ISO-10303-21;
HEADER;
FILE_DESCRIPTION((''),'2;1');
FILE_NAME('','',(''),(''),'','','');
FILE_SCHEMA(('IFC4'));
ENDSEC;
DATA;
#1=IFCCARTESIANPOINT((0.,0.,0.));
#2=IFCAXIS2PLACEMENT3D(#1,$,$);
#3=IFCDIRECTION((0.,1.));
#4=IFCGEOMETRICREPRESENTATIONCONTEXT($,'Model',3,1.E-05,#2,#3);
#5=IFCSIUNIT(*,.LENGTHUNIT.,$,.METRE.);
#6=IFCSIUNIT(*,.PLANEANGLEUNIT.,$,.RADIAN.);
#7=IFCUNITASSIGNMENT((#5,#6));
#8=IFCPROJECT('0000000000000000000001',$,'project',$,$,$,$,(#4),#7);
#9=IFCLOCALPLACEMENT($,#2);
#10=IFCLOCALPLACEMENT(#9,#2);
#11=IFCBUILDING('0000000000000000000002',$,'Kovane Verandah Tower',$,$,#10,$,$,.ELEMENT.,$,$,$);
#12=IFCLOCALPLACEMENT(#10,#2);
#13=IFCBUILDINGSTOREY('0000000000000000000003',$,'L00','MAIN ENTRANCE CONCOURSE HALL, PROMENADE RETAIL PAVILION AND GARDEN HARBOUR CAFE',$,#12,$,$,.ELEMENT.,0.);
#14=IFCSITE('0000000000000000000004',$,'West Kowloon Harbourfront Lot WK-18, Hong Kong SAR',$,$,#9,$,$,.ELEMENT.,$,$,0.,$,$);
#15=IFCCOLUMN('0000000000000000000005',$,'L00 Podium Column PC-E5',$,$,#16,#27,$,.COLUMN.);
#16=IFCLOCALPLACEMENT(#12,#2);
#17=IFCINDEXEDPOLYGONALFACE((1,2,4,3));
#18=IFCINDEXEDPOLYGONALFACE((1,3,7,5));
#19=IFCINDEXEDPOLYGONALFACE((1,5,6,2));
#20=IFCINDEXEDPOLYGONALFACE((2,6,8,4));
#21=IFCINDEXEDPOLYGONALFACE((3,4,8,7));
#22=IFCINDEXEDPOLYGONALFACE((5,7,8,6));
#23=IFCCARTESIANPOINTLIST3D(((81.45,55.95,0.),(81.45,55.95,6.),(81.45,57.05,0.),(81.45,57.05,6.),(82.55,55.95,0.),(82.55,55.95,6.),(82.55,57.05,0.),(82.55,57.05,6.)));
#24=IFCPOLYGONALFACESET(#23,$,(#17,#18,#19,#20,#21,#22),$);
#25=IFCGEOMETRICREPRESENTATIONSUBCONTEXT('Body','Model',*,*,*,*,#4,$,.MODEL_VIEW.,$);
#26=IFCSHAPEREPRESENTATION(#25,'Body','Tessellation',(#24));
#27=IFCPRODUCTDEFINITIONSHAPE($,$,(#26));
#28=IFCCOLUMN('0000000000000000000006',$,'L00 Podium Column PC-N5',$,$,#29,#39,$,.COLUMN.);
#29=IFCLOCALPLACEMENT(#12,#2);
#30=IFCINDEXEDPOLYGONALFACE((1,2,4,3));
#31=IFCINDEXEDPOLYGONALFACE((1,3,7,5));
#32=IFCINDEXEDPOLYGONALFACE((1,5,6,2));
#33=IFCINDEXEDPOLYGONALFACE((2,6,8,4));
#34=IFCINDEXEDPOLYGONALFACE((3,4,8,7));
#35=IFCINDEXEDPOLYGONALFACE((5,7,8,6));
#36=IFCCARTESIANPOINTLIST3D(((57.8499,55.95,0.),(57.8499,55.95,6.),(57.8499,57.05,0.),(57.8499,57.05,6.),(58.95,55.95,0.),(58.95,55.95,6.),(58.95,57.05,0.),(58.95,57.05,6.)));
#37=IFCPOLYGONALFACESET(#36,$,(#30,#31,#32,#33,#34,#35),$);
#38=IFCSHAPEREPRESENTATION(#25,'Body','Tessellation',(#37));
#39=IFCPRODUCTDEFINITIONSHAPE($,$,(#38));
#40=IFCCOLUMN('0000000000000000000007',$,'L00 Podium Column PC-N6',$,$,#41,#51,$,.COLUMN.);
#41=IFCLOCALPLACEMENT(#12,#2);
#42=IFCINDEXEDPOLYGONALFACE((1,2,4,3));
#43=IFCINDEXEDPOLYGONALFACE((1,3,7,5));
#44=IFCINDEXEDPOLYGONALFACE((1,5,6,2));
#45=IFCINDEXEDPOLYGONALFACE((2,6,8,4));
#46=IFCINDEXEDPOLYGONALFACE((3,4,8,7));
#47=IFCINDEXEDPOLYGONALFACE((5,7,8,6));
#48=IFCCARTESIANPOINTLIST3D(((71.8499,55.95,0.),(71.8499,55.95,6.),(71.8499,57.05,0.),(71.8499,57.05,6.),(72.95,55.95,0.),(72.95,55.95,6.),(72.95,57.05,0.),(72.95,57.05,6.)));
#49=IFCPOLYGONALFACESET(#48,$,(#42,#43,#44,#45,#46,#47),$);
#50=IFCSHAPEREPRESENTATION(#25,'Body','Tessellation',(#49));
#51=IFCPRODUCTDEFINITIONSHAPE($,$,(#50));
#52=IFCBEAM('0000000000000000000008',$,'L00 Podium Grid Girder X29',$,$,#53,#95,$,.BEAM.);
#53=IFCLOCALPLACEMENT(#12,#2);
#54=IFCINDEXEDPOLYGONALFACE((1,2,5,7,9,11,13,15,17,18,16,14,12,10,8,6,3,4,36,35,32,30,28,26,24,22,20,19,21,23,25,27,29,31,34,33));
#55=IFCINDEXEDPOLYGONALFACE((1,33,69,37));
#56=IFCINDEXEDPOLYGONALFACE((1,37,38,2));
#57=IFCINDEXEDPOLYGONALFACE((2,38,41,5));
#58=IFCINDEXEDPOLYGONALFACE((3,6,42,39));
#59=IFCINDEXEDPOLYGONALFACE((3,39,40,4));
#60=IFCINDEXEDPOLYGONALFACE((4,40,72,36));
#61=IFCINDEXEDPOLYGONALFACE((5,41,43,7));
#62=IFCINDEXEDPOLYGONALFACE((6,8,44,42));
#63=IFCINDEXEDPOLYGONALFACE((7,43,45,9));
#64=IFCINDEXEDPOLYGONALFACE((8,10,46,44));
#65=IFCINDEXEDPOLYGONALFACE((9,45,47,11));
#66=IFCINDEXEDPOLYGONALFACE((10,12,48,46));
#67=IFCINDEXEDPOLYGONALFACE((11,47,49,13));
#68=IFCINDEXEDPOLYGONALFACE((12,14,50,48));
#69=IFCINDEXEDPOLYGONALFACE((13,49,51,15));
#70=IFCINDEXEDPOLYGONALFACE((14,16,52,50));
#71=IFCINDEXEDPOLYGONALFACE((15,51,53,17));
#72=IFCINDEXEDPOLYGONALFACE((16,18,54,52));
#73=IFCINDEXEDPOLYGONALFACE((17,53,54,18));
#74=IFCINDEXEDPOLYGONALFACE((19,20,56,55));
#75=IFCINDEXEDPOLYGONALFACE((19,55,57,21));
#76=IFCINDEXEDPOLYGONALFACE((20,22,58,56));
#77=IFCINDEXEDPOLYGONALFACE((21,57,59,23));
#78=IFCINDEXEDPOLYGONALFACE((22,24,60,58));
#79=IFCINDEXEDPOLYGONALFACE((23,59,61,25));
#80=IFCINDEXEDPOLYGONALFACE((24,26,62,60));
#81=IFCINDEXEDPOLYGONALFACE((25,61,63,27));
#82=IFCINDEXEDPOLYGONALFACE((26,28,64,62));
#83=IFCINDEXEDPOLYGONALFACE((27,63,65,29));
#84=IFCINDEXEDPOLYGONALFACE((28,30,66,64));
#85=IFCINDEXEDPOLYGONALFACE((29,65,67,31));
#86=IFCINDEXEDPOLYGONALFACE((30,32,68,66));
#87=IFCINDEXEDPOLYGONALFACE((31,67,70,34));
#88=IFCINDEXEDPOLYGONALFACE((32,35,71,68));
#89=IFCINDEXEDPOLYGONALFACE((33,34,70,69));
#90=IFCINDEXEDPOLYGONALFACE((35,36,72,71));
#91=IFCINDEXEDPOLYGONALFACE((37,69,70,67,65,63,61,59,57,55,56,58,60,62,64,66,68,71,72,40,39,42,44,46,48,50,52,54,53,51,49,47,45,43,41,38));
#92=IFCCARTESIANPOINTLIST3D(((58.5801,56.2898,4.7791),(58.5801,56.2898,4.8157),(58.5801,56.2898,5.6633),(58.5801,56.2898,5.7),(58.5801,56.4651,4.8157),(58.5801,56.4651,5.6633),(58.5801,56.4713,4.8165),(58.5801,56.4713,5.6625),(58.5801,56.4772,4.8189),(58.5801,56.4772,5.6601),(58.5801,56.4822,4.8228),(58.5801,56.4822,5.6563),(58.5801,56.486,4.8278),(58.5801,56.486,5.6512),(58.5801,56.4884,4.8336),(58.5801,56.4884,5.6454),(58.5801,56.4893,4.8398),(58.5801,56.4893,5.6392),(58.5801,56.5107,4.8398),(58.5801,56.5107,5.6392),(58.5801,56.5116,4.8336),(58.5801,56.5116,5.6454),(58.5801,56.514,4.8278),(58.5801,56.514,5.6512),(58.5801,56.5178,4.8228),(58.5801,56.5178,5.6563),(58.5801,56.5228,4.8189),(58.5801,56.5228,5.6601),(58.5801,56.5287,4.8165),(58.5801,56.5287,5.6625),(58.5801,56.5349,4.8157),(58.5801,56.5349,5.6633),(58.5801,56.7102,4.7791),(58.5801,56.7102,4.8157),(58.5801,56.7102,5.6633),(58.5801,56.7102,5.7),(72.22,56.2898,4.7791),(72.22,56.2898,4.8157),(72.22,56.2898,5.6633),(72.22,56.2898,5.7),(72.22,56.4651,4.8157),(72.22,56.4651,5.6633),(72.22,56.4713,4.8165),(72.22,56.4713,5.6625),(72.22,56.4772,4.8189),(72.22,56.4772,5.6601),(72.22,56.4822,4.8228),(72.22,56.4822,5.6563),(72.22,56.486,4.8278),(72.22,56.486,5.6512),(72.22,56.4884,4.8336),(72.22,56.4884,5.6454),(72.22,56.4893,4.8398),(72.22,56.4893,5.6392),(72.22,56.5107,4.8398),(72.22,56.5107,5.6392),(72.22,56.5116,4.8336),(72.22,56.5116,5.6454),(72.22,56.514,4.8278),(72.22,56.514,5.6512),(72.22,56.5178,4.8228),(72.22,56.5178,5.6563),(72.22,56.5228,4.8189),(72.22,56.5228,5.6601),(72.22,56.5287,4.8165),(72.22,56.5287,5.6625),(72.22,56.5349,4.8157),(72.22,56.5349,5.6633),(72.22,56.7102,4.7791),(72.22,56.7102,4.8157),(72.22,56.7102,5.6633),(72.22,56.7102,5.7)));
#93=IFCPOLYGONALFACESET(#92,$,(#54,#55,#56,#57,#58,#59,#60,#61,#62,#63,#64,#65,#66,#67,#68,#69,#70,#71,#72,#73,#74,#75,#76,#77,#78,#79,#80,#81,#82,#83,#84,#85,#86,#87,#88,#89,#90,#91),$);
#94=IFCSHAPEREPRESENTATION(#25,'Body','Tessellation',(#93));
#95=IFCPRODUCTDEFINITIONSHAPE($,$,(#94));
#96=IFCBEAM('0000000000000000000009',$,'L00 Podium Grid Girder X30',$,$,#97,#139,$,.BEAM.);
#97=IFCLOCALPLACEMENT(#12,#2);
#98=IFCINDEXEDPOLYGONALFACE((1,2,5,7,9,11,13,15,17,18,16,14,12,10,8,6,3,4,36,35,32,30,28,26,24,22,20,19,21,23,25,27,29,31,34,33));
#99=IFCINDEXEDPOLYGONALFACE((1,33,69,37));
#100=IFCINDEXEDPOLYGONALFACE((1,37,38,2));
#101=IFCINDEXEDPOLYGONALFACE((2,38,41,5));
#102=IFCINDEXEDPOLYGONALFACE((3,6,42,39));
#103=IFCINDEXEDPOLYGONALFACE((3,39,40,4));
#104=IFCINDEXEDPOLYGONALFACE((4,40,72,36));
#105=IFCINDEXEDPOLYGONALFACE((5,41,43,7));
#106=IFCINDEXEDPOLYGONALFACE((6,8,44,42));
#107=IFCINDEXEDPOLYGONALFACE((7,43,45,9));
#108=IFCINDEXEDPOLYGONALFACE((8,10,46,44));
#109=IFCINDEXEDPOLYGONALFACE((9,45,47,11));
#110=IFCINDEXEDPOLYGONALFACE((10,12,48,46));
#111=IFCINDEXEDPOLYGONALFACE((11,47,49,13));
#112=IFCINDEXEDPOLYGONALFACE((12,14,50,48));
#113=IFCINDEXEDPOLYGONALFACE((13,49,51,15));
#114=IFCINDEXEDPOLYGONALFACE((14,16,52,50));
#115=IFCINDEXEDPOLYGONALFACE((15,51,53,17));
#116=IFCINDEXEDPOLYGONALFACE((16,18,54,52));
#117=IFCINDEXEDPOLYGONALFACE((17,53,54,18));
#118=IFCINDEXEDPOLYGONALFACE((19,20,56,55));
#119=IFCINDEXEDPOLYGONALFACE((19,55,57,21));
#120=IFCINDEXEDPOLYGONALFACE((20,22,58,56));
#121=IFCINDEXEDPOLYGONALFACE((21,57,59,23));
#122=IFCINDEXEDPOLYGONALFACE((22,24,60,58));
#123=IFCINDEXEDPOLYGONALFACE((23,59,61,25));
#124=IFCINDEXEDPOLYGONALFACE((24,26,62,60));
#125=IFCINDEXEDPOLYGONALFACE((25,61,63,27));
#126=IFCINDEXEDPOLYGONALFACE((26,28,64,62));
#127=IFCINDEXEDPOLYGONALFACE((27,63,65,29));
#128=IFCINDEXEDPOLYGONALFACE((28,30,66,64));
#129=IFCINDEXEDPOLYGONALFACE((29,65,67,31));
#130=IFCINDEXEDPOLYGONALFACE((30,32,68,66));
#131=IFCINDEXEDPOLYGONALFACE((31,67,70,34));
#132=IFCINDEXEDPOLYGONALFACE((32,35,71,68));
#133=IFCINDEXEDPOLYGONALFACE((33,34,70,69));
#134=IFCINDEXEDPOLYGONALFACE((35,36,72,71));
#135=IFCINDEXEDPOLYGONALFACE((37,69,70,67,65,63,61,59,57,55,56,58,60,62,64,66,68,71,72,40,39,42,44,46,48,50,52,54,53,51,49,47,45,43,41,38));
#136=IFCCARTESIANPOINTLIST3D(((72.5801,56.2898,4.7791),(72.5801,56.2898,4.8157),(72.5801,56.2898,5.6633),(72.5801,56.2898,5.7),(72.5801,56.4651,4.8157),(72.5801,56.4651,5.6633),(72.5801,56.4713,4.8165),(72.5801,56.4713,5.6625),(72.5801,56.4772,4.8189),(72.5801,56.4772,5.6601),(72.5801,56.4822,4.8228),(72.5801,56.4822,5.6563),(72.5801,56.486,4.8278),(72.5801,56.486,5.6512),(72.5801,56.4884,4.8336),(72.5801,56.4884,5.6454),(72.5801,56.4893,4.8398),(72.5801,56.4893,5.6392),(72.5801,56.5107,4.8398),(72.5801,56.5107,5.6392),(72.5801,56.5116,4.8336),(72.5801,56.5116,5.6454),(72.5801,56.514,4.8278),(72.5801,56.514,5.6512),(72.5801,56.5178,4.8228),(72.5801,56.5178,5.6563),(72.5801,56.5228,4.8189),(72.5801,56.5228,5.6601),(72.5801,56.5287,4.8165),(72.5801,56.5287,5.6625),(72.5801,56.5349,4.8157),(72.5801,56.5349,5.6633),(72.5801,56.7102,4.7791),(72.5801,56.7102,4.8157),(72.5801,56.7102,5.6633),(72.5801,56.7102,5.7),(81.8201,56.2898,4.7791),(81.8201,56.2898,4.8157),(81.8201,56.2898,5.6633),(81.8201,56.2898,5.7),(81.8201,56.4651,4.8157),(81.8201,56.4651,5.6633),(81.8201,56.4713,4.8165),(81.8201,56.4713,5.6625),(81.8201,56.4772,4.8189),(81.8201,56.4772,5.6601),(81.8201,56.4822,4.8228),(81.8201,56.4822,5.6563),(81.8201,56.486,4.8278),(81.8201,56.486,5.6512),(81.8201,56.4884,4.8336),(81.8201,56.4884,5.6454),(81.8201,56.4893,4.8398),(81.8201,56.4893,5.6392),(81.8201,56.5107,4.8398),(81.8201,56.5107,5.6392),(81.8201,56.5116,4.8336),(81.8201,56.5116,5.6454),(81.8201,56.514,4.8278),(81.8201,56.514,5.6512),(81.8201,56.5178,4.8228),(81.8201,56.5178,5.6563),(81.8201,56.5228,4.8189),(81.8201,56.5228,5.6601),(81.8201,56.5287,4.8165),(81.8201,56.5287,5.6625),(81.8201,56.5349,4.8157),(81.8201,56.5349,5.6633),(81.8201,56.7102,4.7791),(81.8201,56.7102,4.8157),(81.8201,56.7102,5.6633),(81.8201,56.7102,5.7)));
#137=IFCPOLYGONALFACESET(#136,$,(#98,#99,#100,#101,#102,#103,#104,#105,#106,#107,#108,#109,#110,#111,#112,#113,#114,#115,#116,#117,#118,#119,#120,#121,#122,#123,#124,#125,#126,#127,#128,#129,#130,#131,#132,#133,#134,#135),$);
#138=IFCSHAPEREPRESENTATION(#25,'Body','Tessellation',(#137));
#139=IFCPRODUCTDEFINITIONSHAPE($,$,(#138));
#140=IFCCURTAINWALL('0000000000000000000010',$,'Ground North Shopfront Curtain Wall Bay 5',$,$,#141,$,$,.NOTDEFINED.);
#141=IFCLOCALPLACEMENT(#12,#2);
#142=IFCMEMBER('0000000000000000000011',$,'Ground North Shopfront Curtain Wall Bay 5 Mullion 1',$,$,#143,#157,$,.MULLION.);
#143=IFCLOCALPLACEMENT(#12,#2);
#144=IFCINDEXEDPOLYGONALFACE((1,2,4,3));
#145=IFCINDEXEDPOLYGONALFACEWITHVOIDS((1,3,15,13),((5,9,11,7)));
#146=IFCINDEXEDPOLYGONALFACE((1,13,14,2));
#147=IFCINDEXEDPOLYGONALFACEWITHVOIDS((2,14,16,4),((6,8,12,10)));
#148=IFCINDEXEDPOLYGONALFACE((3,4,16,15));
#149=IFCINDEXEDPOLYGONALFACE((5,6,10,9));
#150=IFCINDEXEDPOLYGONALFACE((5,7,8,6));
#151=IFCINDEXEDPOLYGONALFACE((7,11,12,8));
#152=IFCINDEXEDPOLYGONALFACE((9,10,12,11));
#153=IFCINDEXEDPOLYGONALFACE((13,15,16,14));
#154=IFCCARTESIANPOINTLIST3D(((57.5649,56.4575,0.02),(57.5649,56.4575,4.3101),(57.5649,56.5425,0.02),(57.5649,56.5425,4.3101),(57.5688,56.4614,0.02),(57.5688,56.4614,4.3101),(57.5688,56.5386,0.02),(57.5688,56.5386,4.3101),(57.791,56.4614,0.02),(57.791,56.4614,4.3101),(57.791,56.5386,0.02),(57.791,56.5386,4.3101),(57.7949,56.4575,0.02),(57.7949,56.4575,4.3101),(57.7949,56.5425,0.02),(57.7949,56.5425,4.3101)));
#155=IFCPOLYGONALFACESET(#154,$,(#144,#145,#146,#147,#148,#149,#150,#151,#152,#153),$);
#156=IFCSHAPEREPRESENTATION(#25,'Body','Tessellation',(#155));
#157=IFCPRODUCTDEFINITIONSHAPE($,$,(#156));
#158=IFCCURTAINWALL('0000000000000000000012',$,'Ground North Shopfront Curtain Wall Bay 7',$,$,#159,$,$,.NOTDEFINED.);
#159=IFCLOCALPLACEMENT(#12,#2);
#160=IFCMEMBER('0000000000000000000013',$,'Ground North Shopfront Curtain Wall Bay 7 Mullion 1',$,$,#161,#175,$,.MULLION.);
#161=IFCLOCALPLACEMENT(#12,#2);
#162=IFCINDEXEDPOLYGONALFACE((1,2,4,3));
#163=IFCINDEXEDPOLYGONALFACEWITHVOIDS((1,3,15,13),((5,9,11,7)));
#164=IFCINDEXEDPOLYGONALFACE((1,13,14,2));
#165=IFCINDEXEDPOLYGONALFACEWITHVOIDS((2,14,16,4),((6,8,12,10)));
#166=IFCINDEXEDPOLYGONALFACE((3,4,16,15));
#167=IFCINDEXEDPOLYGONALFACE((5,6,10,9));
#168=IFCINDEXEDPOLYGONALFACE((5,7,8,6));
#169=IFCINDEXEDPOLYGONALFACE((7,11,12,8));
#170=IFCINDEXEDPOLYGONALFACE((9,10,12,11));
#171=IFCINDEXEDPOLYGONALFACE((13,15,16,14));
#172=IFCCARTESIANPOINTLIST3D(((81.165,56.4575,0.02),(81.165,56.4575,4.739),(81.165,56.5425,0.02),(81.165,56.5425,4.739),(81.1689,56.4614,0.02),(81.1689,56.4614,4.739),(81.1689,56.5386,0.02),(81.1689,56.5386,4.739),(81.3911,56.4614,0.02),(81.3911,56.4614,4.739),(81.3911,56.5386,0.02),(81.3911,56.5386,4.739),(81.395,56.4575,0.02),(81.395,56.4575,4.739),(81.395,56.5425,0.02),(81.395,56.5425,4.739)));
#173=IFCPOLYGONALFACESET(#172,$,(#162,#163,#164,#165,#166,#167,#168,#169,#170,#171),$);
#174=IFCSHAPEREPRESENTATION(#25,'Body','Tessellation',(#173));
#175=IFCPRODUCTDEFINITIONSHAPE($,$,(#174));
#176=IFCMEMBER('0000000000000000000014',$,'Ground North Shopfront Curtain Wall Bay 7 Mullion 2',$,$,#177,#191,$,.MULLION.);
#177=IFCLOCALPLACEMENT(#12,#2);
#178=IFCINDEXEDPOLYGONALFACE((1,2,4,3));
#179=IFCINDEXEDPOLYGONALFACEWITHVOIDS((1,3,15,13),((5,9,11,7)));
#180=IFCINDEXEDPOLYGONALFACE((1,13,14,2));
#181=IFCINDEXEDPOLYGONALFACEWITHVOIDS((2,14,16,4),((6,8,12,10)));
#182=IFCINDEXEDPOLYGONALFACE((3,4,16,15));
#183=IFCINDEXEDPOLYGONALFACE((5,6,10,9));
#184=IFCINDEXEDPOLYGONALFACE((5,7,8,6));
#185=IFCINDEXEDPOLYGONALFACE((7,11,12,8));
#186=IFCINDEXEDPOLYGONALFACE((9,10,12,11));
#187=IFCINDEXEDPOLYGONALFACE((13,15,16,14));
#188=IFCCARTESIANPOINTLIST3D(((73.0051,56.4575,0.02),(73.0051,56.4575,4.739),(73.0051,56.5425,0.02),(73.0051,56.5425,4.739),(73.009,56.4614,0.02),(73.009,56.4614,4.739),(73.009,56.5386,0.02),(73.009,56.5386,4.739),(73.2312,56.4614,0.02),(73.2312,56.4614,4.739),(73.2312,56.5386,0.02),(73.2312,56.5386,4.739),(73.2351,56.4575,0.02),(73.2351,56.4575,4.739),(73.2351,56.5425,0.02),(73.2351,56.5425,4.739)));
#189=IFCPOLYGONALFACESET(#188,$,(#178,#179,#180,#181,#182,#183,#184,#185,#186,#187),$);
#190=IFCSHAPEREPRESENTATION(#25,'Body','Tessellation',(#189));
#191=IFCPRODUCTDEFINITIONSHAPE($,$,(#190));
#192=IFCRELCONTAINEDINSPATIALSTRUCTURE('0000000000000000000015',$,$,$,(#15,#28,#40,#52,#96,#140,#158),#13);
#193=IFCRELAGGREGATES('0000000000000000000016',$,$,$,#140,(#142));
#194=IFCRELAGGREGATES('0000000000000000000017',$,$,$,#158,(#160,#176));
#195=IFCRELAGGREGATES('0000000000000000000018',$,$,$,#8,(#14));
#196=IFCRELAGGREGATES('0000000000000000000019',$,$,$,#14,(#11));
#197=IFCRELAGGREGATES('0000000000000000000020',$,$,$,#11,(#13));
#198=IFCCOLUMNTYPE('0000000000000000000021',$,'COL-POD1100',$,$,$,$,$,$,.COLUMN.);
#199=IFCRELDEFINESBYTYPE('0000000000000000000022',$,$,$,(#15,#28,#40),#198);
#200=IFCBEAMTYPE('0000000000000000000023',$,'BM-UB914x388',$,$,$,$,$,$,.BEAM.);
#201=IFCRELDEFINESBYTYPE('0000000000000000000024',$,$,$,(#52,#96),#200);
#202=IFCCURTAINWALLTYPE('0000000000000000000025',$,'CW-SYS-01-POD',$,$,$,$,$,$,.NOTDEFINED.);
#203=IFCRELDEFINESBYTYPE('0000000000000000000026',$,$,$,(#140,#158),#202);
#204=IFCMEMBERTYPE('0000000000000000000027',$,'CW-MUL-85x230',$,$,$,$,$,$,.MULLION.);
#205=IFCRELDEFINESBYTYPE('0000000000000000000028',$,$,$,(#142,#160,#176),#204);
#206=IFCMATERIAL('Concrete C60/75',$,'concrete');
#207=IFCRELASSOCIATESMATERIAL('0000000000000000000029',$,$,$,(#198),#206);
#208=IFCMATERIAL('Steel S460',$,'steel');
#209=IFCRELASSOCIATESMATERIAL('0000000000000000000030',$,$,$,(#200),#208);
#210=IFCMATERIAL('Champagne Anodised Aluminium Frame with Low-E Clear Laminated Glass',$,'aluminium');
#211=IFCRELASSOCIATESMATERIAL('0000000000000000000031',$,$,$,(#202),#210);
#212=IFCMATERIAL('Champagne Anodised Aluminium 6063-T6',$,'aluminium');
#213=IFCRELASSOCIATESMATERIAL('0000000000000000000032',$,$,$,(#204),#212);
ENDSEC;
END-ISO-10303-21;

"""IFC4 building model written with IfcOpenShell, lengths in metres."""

from ifc_helpers import new_model, si_unit, direction, frame, origin, origin_2d, place, context, subcontext, project, spatial, rectangle, hollow_rectangle, i_section, extrude, material, material_profile, profile_set, type_object, element, aggregate, save


model = new_model("IFC4")

# Units and contexts
model_context = context("Model", 3, precision=1e-05, world=origin(), true_north=direction((0.0, 1.0)))
body_context = subcontext(model_context, "Body", "Model", "MODEL_VIEW")
ifc_project = project(units=[si_unit("LENGTHUNIT", "METRE"), si_unit("PLANEANGLEUNIT", "RADIAN")], contexts=[model_context])

# Site, building, storey
site_placement = place(None, origin())
site = spatial("IfcSite", under=ifc_project, at=site_placement, Name="West Kowloon Harbourfront Lot WK-18, Hong Kong SAR", CompositionType="ELEMENT", RefElevation=0.0)
building_placement = place(site_placement, origin())
building = spatial("IfcBuilding", under=site, at=building_placement, Name="Kovane Verandah Tower", CompositionType="ELEMENT")
storey_placement = place(building_placement, origin())
storey = spatial("IfcBuildingStorey", under=building, at=storey_placement, Name="L00", Description="MAIN ENTRANCE CONCOURSE HALL, PROMENADE RETAIL PAVILION AND GARDEN HARBOUR CAFE", CompositionType="ELEMENT", Elevation=0.0)

# Columns
ifc_material_1 = material(Name="Concrete C60/75", Category="concrete")
ifc_material_profile_1 = material_profile(ifc_material_1, rectangle(XDim=1.1001, YDim=1.1001, at=origin_2d()), Name="RC1100x1100")
ifc_profile_set_1 = profile_set([ifc_material_profile_1], Name="Concrete C60/75")
column_type = type_object("IfcColumnType", Name="COL-POD1100", PredefinedType="COLUMN", material=ifc_profile_set_1)
for number, where, z_axis, x_axis, name in (
    (1, (82.0, 56.5, 0.0), (0.0, 0.0, 1.0), (1.0, 0.0, 0.0), "L00 Podium Column PC-E5"),
    (2, (58.3999, 56.5, 0.0), (0.0, 0.0, 1.0), (1.0, 0.0, 0.0), "L00 Podium Column PC-N5"),
    (3, (72.3999, 56.5, 0.0), (0.0, 0.0, 1.0), (1.0, 0.0, 0.0), "L00 Podium Column PC-N6"),
):
    element("IfcColumn", number, at=place(storey_placement, frame(where, z_axis=z_axis, x_axis=x_axis)), inside=storey, type_object=column_type, Name=name, PredefinedType="COLUMN", context=body_context, shape_type="SweptSolid", body=[
        extrude(rectangle(XDim=1.1001, YDim=1.1001, at=origin_2d()), origin(), (0.0, 0.0, 1.0), 6.0),
    ])

# Beams
ifc_material_2 = material(Name="Steel S460", Category="steel")
ifc_material_profile_2 = material_profile(ifc_material_2, i_section(OverallWidth=0.4204, OverallDepth=0.9209, WebThickness=0.0215, FlangeThickness=0.0366, FilletRadius=0.0242, at=origin_2d()), Name="UB914x419x388")
ifc_profile_set_2 = profile_set([ifc_material_profile_2], Name="Steel S460")
beam_type_1 = type_object("IfcBeamType", Name="BM-UB914x388", PredefinedType="BEAM", material=ifc_profile_set_2)
beam_1_placement = place(storey_placement, frame((58.5801, 56.5, 5.2395), z_axis=(1.0, 0.0, 0.0), x_axis=(0.0, 1.0, 0.0)))
element("IfcBeam", 4, at=beam_1_placement, inside=storey, type_object=beam_type_1, Name="L00 Podium Grid Girder X29", PredefinedType="BEAM", context=body_context, shape_type="SweptSolid", body=[
    extrude(i_section(OverallWidth=0.4204, OverallDepth=0.9209, WebThickness=0.0215, FlangeThickness=0.0366, FilletRadius=0.0242, at=origin_2d()), origin(), (0.0, 0.0, 1.0), 13.6399),
])
beam_2_placement = place(storey_placement, frame((72.5801, 56.5, 5.2395), z_axis=(1.0, 0.0, 0.0), x_axis=(0.0, 1.0, 0.0)))
element("IfcBeam", 5, at=beam_2_placement, inside=storey, type_object=beam_type_1, Name="L00 Podium Grid Girder X30", PredefinedType="BEAM", context=body_context, shape_type="SweptSolid", body=[
    extrude(i_section(OverallWidth=0.4204, OverallDepth=0.9209, WebThickness=0.0215, FlangeThickness=0.0366, FilletRadius=0.0242, at=origin_2d()), origin(), (0.0, 0.0, 1.0), 9.24),
])

# Curtain wall, member
ifc_material_3 = material(Name="Champagne Anodised Aluminium Frame with Low-E Clear Laminated Glass", Category="aluminium")
curtain_wall_type = type_object("IfcCurtainWallType", Name="CW-SYS-01-POD", PredefinedType="NOTDEFINED", material=ifc_material_3)
curtain_wall_1_placement = place(storey_placement, origin())
curtain_wall_1 = element("IfcCurtainWall", 6, at=curtain_wall_1_placement, inside=storey, type_object=curtain_wall_type, Name="Ground North Shopfront Curtain Wall Bay 5", PredefinedType="NOTDEFINED")
ifc_material_4 = material(Name="Champagne Anodised Aluminium 6063-T6", Category="aluminium")
ifc_material_profile_3 = material_profile(ifc_material_4, hollow_rectangle(XDim=0.085, YDim=0.23, WallThickness=0.0039, at=origin_2d()), Name="AL85x230x4")
ifc_profile_set_3 = profile_set([ifc_material_profile_3], Name="Champagne Anodised Aluminium 6063-T6")
member_type_1 = type_object("IfcMemberType", Name="CW-MUL-85x230", PredefinedType="MULLION", material=ifc_profile_set_3)
member_1_placement = place(storey_placement, frame((57.6799, 56.5, 0.02), z_axis=(0.0, 0.0, 1.0), x_axis=(0.0, 1.0, 0.0)))
member_1 = element("IfcMember", 7, at=member_1_placement, type_object=member_type_1, Name="Ground North Shopfront Curtain Wall Bay 5 Mullion 1", PredefinedType="MULLION", context=body_context, shape_type="SweptSolid", body=[
    extrude(hollow_rectangle(XDim=0.085, YDim=0.23, WallThickness=0.0039, at=origin_2d()), origin(), (0.0, 0.0, 1.0), 4.29),
])

# Curtain wall, members
curtain_wall_2_placement = place(storey_placement, origin())
curtain_wall_2 = element("IfcCurtainWall", 8, at=curtain_wall_2_placement, inside=storey, type_object=curtain_wall_type, Name="Ground North Shopfront Curtain Wall Bay 7", PredefinedType="NOTDEFINED")
member_2_placement = place(storey_placement, frame((81.28, 56.5, 0.02), z_axis=(0.0, 0.0, 1.0), x_axis=(0.0, 1.0, 0.0)))
member_2 = element("IfcMember", 9, at=member_2_placement, type_object=member_type_1, Name="Ground North Shopfront Curtain Wall Bay 7 Mullion 1", PredefinedType="MULLION", context=body_context, shape_type="SweptSolid", body=[
    extrude(hollow_rectangle(XDim=0.085, YDim=0.23, WallThickness=0.0039, at=origin_2d()), origin(), (0.0, 0.0, 1.0), 4.719),
])
member_3_placement = place(storey_placement, frame((73.1201, 56.5, 0.02), z_axis=(0.0, 0.0, 1.0), x_axis=(0.0, 1.0, 0.0)))
member_3 = element("IfcMember", 10, at=member_3_placement, type_object=member_type_1, Name="Ground North Shopfront Curtain Wall Bay 7 Mullion 2", PredefinedType="MULLION", context=body_context, shape_type="SweptSolid", body=[
    extrude(hollow_rectangle(XDim=0.085, YDim=0.23, WallThickness=0.0039, at=origin_2d()), origin(), (0.0, 0.0, 1.0), 4.719),
])

aggregate(curtain_wall_1, [member_1])
aggregate(curtain_wall_2, [member_2, member_3])

save(model, "model.ifc")
